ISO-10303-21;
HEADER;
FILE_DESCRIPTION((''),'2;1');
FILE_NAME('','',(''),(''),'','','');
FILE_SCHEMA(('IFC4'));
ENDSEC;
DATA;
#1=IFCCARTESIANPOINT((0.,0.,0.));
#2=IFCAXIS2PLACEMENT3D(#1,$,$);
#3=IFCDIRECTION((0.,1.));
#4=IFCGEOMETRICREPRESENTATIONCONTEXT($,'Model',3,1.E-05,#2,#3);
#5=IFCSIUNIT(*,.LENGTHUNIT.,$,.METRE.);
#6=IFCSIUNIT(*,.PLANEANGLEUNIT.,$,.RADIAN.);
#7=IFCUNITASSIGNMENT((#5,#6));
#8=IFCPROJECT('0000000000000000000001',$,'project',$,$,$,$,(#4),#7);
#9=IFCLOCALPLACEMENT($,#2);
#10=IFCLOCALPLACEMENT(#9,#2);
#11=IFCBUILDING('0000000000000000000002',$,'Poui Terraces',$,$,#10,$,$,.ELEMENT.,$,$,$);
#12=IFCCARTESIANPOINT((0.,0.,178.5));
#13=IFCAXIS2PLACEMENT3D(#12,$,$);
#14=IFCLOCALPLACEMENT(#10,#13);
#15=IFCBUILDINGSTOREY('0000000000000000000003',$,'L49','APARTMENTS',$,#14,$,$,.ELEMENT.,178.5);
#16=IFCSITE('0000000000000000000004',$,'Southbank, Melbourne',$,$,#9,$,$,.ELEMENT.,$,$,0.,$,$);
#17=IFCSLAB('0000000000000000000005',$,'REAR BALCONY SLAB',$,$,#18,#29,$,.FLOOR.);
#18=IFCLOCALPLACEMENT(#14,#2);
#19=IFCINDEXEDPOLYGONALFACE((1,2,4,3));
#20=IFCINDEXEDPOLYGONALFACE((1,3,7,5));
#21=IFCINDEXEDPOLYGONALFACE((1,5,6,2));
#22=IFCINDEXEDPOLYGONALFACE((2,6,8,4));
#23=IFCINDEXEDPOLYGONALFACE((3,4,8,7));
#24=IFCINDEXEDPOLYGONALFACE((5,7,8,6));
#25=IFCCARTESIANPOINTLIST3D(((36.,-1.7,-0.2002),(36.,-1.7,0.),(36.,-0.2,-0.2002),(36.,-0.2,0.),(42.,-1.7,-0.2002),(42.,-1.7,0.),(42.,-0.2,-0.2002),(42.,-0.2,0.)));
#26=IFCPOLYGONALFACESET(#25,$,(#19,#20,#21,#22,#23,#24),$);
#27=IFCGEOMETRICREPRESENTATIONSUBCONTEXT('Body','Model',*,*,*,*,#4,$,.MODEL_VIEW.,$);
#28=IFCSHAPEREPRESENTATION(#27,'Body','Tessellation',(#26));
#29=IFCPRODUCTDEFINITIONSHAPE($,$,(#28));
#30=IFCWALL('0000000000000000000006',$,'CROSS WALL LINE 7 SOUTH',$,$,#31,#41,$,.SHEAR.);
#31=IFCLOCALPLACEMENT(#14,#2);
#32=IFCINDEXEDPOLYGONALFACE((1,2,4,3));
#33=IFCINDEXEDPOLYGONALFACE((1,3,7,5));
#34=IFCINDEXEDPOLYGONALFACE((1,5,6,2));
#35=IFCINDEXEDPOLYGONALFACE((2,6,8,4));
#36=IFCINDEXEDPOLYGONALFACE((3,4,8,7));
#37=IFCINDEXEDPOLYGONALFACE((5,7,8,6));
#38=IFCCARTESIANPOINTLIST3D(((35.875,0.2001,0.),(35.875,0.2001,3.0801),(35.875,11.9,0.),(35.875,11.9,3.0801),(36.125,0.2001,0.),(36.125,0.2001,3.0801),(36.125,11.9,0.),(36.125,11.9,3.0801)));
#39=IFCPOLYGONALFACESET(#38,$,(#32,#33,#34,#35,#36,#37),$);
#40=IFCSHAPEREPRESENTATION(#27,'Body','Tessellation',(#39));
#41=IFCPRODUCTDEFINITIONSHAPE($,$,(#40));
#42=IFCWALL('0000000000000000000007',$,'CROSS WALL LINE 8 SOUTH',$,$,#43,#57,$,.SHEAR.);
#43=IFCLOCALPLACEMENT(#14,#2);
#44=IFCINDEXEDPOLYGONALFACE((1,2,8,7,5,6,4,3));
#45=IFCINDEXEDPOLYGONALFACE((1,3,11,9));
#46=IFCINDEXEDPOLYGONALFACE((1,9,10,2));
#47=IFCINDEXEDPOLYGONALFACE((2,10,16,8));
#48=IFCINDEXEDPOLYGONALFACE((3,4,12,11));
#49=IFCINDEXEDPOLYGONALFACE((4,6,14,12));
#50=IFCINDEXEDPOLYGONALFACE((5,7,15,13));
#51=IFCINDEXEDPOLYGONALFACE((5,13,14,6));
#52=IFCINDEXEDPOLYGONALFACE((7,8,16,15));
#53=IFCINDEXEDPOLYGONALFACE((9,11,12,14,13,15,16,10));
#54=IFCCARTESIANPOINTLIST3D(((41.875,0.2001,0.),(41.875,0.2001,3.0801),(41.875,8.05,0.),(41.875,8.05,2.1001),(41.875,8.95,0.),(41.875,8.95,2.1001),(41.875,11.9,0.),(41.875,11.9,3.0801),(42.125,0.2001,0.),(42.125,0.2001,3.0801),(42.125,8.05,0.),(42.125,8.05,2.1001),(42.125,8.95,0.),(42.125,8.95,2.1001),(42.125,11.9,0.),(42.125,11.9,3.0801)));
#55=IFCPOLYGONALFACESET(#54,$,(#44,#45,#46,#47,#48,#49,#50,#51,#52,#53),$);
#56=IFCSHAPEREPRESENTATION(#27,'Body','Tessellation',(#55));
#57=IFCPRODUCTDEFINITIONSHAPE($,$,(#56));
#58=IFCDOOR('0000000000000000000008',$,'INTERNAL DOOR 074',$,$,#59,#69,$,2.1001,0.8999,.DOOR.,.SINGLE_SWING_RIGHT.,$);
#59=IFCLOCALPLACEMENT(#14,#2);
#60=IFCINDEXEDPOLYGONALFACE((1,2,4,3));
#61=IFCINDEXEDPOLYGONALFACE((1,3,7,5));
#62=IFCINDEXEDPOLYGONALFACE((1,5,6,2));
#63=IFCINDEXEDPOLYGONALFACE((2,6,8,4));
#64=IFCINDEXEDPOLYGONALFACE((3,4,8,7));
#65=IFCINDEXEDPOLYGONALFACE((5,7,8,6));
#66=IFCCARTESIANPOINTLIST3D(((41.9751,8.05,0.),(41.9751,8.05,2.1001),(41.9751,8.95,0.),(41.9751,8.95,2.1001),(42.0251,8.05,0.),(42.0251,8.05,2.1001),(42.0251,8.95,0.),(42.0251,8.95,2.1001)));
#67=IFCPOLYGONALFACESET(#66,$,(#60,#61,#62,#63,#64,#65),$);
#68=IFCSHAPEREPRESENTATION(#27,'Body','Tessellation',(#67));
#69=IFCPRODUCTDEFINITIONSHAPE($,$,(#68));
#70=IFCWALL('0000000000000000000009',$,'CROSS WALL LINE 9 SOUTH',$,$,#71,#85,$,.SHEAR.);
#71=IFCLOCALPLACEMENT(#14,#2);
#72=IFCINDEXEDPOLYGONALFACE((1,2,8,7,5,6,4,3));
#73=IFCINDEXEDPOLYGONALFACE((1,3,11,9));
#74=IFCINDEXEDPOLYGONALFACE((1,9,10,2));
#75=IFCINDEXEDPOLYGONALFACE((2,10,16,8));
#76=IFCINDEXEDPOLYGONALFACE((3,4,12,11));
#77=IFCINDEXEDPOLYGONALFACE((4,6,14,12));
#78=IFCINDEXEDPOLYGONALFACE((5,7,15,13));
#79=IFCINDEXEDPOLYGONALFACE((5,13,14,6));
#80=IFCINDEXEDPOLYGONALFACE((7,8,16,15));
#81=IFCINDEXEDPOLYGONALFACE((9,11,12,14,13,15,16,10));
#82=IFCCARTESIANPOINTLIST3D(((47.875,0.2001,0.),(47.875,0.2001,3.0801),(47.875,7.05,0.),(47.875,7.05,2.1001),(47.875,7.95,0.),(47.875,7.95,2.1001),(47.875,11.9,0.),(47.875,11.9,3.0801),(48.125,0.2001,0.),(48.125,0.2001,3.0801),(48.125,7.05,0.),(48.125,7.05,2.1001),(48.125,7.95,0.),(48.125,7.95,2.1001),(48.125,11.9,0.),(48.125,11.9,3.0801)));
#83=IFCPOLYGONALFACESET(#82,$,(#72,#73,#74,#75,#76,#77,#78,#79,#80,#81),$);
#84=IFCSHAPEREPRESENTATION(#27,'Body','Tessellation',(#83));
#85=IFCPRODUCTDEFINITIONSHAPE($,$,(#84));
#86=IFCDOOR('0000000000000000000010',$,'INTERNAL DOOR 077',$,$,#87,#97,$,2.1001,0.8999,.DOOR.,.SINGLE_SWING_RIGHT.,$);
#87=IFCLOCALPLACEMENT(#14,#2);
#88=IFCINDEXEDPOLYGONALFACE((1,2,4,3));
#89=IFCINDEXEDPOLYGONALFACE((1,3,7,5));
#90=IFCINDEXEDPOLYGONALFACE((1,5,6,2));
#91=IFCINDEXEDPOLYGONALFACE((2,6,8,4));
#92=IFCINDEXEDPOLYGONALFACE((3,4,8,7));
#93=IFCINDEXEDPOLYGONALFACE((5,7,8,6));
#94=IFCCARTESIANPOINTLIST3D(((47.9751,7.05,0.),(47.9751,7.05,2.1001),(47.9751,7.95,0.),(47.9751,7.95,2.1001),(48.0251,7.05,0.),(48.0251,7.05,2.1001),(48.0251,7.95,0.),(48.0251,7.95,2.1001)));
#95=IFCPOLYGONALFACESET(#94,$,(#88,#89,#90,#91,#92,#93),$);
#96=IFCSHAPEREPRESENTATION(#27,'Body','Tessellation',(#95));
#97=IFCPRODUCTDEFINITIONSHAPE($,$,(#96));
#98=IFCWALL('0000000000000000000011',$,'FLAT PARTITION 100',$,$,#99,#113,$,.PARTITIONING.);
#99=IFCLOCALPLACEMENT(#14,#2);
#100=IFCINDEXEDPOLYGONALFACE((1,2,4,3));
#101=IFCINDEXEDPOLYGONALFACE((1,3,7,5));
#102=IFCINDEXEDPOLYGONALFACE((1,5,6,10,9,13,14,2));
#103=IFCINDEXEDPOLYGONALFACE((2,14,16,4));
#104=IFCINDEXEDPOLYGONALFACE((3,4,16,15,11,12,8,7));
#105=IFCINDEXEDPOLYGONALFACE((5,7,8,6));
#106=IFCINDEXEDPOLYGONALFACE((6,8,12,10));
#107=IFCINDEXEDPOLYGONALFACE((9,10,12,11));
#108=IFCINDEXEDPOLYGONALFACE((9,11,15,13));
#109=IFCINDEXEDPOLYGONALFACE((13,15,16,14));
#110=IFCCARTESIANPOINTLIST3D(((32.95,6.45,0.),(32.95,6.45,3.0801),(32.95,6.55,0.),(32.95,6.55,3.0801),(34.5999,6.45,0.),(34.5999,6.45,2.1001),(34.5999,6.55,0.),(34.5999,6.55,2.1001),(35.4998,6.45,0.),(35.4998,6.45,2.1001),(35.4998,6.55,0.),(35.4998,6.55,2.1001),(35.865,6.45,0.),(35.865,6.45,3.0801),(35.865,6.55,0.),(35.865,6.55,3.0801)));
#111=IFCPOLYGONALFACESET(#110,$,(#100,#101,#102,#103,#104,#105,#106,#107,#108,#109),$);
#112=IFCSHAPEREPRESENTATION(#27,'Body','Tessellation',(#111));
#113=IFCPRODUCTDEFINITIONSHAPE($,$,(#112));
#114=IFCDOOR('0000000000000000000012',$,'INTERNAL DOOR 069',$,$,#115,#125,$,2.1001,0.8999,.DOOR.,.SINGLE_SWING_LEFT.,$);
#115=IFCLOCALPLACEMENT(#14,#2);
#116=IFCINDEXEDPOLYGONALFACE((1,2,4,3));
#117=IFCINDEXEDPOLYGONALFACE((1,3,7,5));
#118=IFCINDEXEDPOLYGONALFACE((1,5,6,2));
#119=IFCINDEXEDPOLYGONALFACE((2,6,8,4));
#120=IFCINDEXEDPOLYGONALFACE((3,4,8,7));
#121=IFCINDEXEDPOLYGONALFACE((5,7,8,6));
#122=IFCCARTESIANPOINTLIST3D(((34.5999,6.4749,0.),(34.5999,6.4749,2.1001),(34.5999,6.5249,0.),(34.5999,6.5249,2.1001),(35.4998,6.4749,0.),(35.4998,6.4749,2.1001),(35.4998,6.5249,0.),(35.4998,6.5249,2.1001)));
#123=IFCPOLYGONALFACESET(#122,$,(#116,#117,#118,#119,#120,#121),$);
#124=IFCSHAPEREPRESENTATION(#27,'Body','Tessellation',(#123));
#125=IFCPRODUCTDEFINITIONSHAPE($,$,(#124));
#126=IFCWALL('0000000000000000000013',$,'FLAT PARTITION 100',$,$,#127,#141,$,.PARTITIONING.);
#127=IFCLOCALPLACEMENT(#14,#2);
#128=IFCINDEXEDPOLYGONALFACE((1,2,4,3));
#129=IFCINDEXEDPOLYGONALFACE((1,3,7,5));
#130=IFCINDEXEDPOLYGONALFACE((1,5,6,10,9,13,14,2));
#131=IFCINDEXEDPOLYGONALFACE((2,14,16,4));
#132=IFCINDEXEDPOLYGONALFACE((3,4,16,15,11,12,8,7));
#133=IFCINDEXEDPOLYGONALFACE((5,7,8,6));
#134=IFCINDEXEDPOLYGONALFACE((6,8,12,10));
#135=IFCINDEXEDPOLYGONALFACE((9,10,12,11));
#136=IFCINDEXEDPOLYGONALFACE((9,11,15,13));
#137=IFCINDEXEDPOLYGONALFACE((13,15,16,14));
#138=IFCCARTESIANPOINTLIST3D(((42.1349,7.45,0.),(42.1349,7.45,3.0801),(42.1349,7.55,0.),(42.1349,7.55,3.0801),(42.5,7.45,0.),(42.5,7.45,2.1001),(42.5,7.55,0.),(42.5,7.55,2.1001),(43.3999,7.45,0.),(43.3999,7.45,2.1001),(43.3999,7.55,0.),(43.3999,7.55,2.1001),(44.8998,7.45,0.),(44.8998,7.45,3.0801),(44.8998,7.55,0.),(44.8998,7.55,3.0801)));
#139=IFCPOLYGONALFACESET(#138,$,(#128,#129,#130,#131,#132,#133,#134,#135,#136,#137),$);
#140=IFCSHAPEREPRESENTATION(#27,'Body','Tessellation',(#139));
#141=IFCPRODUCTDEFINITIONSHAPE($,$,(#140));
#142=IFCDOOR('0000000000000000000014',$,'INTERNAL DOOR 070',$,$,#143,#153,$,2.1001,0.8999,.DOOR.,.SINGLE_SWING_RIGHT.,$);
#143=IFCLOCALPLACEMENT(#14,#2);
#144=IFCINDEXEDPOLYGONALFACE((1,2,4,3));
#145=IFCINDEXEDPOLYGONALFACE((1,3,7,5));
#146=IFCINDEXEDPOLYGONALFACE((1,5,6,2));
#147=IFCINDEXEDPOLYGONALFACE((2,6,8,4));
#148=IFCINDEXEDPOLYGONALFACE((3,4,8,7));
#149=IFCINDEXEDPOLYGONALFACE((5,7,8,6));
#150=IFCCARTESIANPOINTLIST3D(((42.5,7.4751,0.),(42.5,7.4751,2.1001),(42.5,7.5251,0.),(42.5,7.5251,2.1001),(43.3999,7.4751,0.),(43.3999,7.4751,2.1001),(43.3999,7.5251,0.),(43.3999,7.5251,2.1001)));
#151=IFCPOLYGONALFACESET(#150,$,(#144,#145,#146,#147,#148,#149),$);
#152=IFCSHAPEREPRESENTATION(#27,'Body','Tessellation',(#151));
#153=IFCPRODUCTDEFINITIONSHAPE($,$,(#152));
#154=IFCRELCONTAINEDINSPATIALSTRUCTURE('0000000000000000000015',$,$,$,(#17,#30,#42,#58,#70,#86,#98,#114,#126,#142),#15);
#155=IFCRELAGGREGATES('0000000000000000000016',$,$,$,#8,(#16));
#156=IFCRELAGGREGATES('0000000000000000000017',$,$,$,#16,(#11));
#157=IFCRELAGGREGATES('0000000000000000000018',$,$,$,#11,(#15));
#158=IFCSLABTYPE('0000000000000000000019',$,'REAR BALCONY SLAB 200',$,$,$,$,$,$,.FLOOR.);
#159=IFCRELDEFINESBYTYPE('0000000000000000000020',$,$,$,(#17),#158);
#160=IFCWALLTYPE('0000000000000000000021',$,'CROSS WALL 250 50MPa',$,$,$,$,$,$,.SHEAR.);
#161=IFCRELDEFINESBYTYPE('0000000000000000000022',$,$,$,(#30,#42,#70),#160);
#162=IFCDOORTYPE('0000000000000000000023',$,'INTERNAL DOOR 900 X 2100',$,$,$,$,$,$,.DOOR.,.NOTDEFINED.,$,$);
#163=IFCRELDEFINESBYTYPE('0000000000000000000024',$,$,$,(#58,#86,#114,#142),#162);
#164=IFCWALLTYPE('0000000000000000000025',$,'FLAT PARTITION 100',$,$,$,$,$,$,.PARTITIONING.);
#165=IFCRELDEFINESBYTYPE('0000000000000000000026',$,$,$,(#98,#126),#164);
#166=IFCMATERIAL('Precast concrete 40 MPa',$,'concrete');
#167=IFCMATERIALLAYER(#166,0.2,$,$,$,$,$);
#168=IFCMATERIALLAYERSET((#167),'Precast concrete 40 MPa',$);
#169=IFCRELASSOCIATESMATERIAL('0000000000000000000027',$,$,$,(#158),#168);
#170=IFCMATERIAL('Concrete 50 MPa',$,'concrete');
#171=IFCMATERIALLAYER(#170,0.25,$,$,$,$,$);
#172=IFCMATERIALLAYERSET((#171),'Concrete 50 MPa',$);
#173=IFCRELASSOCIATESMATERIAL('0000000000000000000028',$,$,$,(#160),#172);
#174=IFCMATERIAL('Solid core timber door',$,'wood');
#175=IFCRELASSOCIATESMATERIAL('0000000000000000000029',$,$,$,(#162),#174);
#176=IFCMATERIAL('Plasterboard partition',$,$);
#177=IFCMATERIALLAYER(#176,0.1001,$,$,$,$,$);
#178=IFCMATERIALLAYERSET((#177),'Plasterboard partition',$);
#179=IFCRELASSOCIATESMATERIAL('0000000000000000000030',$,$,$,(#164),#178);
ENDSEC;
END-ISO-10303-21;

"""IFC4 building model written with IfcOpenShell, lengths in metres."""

from ifc_helpers import new_model, si_unit, direction, frame, frame_2d, origin, place, context, subcontext, project, spatial, polyline, rectangle, outline, extrude, source, transform, mapped, material, layer, layer_set, type_object, element, fill, save


model = new_model("IFC4")

# Units and contexts
model_context = context("Model", 3, precision=1e-05, world=origin(), true_north=direction((0.0, 1.0)))
body_context = subcontext(model_context, "Body", "Model", "MODEL_VIEW")
ifc_project = project(units=[si_unit("LENGTHUNIT", "METRE"), si_unit("PLANEANGLEUNIT", "RADIAN")], contexts=[model_context])

# Site, building, storey
site_placement = place(None, origin())
site = spatial("IfcSite", under=ifc_project, at=site_placement, Name="Southbank, Melbourne", CompositionType="ELEMENT", RefElevation=0.0)
building_placement = place(site_placement, origin())
building = spatial("IfcBuilding", under=site, at=building_placement, Name="Poui Terraces", CompositionType="ELEMENT")
storey_placement = place(building_placement, frame((0.0, 0.0, 178.5)))
storey = spatial("IfcBuildingStorey", under=building, at=storey_placement, Name="L49", Description="APARTMENTS", CompositionType="ELEMENT", Elevation=178.5)

# Slab
ifc_material_1 = material(Name="Precast concrete 40 MPa", Category="concrete")
ifc_layer_1 = layer(ifc_material_1, 0.2)
ifc_layer_set_1 = layer_set([ifc_layer_1], Name="Precast concrete 40 MPa")
slab_type = type_object("IfcSlabType", Name="REAR BALCONY SLAB 200", PredefinedType="FLOOR", material=ifc_layer_set_1)
shared_shape_1 = source(origin(), body_context, "Body", "SweptSolid", [
    extrude(outline(polyline([(0.0, 0.0), (6.0, 0.0), (6.0, 1.5), (0.0, 1.5), (0.0, 0.0)])), origin(), (0.0, 0.0, 1.0), 0.2002),
])
slab_placement = place(storey_placement, frame((36.0, -1.7, -0.2002)))
element("IfcSlab", 1, at=slab_placement, inside=storey, type_object=slab_type, Name="REAR BALCONY SLAB", PredefinedType="FLOOR", context=body_context, shape_type="MappedRepresentation", body=[
    mapped(shared_shape_1, transform((0.0, 0.0, 0.0))),
])

# Wall
ifc_material_2 = material(Name="Concrete 50 MPa", Category="concrete")
ifc_layer_2 = layer(ifc_material_2, 0.25)
ifc_layer_set_2 = layer_set([ifc_layer_2], Name="Concrete 50 MPa")
wall_type_1 = type_object("IfcWallType", Name="CROSS WALL 250 50MPa", PredefinedType="SHEAR", material=ifc_layer_set_2)
wall_1_placement = place(storey_placement, frame((36.0, 0.2, 0.0), z_axis=(0.0, 0.0, 1.0), x_axis=(0.0, 1.0, 0.0)))
element("IfcWall", 2, at=wall_1_placement, inside=storey, type_object=wall_type_1, Name="CROSS WALL LINE 7 SOUTH", PredefinedType="SHEAR", context=body_context, shape_type="SweptSolid", body=[
    extrude(rectangle(XDim=11.7, YDim=0.25, at=frame_2d((5.8501, 0.0))), origin(), (0.0, 0.0, 1.0), 3.0801),
])

# Walls, openings, doors
wall_2_placement = place(storey_placement, frame((42.0, 0.2, 0.0), z_axis=(0.0, 0.0, 1.0), x_axis=(0.0, 1.0, 0.0)))
wall_2 = element("IfcWall", 3, at=wall_2_placement, inside=storey, type_object=wall_type_1, Name="CROSS WALL LINE 8 SOUTH", PredefinedType="SHEAR", context=body_context, shape_type="SweptSolid", body=[
    extrude(rectangle(XDim=11.7, YDim=0.25, at=frame_2d((5.8501, 0.0))), origin(), (0.0, 0.0, 1.0), 3.0801),
])
opening_1_placement = place(wall_2_placement, frame((7.8501, 0.0, 0.0)))
opening_1 = element("IfcOpeningElement", 4, at=opening_1_placement, cuts=wall_2, PredefinedType="OPENING", context=body_context, shape_type="SweptSolid", body=[
    extrude(rectangle(XDim=0.8999, YDim=2.1001, at=frame_2d((0.45, 1.05))), frame((0.0, 0.135, 0.0), z_axis=(0.0, -1.0, 0.0), x_axis=(1.0, 0.0, 0.0)), (0.0, 0.0, 1.0), 0.27),
])
ifc_material_3 = material(Name="Solid core timber door", Category="wood")
door_type_1 = type_object("IfcDoorType", Name="INTERNAL DOOR 900 X 2100", OperationType="NOTDEFINED", PredefinedType="DOOR", material=ifc_material_3)
door_1_placement = place(opening_1_placement, origin())
door_1 = element("IfcDoor", 5, at=door_1_placement, inside=storey, type_object=door_type_1, Name="INTERNAL DOOR 074", OperationType="SINGLE_SWING_RIGHT", OverallHeight=2.1001, OverallWidth=0.8999, PredefinedType="DOOR", context=body_context, shape_type="SweptSolid", body=[
    extrude(rectangle(XDim=0.8999, YDim=2.1001, at=frame_2d((0.45, 1.05))), frame((0.0, 0.0249, 0.0), z_axis=(0.0, -1.0, 0.0), x_axis=(1.0, 0.0, 0.0)), (0.0, 0.0, 1.0), 0.05),
])
fill(opening_1, door_1)
wall_3_placement = place(storey_placement, frame((48.0, 0.2, 0.0), z_axis=(0.0, 0.0, 1.0), x_axis=(0.0, 1.0, 0.0)))
wall_3 = element("IfcWall", 6, at=wall_3_placement, inside=storey, type_object=wall_type_1, Name="CROSS WALL LINE 9 SOUTH", PredefinedType="SHEAR", context=body_context, shape_type="SweptSolid", body=[
    extrude(rectangle(XDim=11.7, YDim=0.25, at=frame_2d((5.8501, 0.0))), origin(), (0.0, 0.0, 1.0), 3.0801),
])
opening_2_placement = place(wall_3_placement, frame((6.8501, 0.0, 0.0)))
opening_2 = element("IfcOpeningElement", 7, at=opening_2_placement, cuts=wall_3, PredefinedType="OPENING", context=body_context, shape_type="SweptSolid", body=[
    extrude(rectangle(XDim=0.8999, YDim=2.1001, at=frame_2d((0.45, 1.05))), frame((0.0, 0.135, 0.0), z_axis=(0.0, -1.0, 0.0), x_axis=(1.0, 0.0, 0.0)), (0.0, 0.0, 1.0), 0.27),
])
door_2_placement = place(opening_2_placement, origin())
door_2 = element("IfcDoor", 8, at=door_2_placement, inside=storey, type_object=door_type_1, Name="INTERNAL DOOR 077", OperationType="SINGLE_SWING_RIGHT", OverallHeight=2.1001, OverallWidth=0.8999, PredefinedType="DOOR", context=body_context, shape_type="SweptSolid", body=[
    extrude(rectangle(XDim=0.8999, YDim=2.1001, at=frame_2d((0.45, 1.05))), frame((0.0, 0.0249, 0.0), z_axis=(0.0, -1.0, 0.0), x_axis=(1.0, 0.0, 0.0)), (0.0, 0.0, 1.0), 0.05),
])
fill(opening_2, door_2)
ifc_material_4 = material(Name="Plasterboard partition")
ifc_layer_3 = layer(ifc_material_4, 0.1001)
ifc_layer_set_3 = layer_set([ifc_layer_3], Name="Plasterboard partition")
wall_type_2 = type_object("IfcWallType", Name="FLAT PARTITION 100", PredefinedType="PARTITIONING", material=ifc_layer_set_3)
wall_4_placement = place(storey_placement, frame((32.95, 6.5, 0.0), z_axis=(0.0, 0.0, 1.0), x_axis=(1.0, 0.0, 0.0)))
wall_4 = element("IfcWall", 9, at=wall_4_placement, inside=storey, type_object=wall_type_2, Name="FLAT PARTITION 100", PredefinedType="PARTITIONING", context=body_context, shape_type="SweptSolid", body=[
    extrude(rectangle(XDim=2.915, YDim=0.1001, at=frame_2d((1.4575, 0.0))), origin(), (0.0, 0.0, 1.0), 3.0801),
])
opening_3_placement = place(wall_4_placement, frame((1.6499, 0.0, 0.0)))
opening_3 = element("IfcOpeningElement", 10, at=opening_3_placement, cuts=wall_4, PredefinedType="OPENING", context=body_context, shape_type="SweptSolid", body=[
    extrude(rectangle(XDim=0.8999, YDim=2.1001, at=frame_2d((0.45, 1.05))), frame((0.0, 0.0601, 0.0), z_axis=(0.0, -1.0, 0.0), x_axis=(1.0, 0.0, 0.0)), (0.0, 0.0, 1.0), 0.1201),
])
door_3_placement = place(opening_3_placement, origin())
door_3 = element("IfcDoor", 11, at=door_3_placement, inside=storey, type_object=door_type_1, Name="INTERNAL DOOR 069", OperationType="SINGLE_SWING_LEFT", OverallHeight=2.1001, OverallWidth=0.8999, PredefinedType="DOOR", context=body_context, shape_type="SweptSolid", body=[
    extrude(rectangle(XDim=0.8999, YDim=2.1001, at=frame_2d((0.45, 1.05))), frame((0.0, 0.0249, 0.0), z_axis=(0.0, -1.0, 0.0), x_axis=(1.0, 0.0, 0.0)), (0.0, 0.0, 1.0), 0.05),
])
fill(opening_3, door_3)
wall_5_placement = place(storey_placement, frame((42.135, 7.5, 0.0), z_axis=(0.0, 0.0, 1.0), x_axis=(1.0, 0.0, 0.0)))
wall_5 = element("IfcWall", 12, at=wall_5_placement, inside=storey, type_object=wall_type_2, Name="FLAT PARTITION 100", PredefinedType="PARTITIONING", context=body_context, shape_type="SweptSolid", body=[
    extrude(rectangle(XDim=2.7649, YDim=0.1001, at=frame_2d((1.3823, 0.0))), origin(), (0.0, 0.0, 1.0), 3.0801),
])
opening_4_placement = place(wall_5_placement, frame((0.365, 0.0, 0.0)))
opening_4 = element("IfcOpeningElement", 13, at=opening_4_placement, cuts=wall_5, PredefinedType="OPENING", context=body_context, shape_type="SweptSolid", body=[
    extrude(rectangle(XDim=0.8999, YDim=2.1001, at=frame_2d((0.45, 1.05))), frame((0.0, 0.0601, 0.0), z_axis=(0.0, -1.0, 0.0), x_axis=(1.0, 0.0, 0.0)), (0.0, 0.0, 1.0), 0.1201),
])
door_4_placement = place(opening_4_placement, frame((0.8999, 0.0, 0.0), z_axis=(0.0, 0.0, 1.0), x_axis=(-1.0, 0.0, 0.0)))
door_4 = element("IfcDoor", 14, at=door_4_placement, inside=storey, type_object=door_type_1, Name="INTERNAL DOOR 070", OperationType="SINGLE_SWING_RIGHT", OverallHeight=2.1001, OverallWidth=0.8999, PredefinedType="DOOR", context=body_context, shape_type="SweptSolid", body=[
    extrude(rectangle(XDim=0.8999, YDim=2.1001, at=frame_2d((0.45, 1.05))), frame((0.0, 0.0249, 0.0), z_axis=(0.0, -1.0, 0.0), x_axis=(1.0, 0.0, 0.0)), (0.0, 0.0, 1.0), 0.05),
])
fill(opening_4, door_4)

save(model, "model.ifc")
